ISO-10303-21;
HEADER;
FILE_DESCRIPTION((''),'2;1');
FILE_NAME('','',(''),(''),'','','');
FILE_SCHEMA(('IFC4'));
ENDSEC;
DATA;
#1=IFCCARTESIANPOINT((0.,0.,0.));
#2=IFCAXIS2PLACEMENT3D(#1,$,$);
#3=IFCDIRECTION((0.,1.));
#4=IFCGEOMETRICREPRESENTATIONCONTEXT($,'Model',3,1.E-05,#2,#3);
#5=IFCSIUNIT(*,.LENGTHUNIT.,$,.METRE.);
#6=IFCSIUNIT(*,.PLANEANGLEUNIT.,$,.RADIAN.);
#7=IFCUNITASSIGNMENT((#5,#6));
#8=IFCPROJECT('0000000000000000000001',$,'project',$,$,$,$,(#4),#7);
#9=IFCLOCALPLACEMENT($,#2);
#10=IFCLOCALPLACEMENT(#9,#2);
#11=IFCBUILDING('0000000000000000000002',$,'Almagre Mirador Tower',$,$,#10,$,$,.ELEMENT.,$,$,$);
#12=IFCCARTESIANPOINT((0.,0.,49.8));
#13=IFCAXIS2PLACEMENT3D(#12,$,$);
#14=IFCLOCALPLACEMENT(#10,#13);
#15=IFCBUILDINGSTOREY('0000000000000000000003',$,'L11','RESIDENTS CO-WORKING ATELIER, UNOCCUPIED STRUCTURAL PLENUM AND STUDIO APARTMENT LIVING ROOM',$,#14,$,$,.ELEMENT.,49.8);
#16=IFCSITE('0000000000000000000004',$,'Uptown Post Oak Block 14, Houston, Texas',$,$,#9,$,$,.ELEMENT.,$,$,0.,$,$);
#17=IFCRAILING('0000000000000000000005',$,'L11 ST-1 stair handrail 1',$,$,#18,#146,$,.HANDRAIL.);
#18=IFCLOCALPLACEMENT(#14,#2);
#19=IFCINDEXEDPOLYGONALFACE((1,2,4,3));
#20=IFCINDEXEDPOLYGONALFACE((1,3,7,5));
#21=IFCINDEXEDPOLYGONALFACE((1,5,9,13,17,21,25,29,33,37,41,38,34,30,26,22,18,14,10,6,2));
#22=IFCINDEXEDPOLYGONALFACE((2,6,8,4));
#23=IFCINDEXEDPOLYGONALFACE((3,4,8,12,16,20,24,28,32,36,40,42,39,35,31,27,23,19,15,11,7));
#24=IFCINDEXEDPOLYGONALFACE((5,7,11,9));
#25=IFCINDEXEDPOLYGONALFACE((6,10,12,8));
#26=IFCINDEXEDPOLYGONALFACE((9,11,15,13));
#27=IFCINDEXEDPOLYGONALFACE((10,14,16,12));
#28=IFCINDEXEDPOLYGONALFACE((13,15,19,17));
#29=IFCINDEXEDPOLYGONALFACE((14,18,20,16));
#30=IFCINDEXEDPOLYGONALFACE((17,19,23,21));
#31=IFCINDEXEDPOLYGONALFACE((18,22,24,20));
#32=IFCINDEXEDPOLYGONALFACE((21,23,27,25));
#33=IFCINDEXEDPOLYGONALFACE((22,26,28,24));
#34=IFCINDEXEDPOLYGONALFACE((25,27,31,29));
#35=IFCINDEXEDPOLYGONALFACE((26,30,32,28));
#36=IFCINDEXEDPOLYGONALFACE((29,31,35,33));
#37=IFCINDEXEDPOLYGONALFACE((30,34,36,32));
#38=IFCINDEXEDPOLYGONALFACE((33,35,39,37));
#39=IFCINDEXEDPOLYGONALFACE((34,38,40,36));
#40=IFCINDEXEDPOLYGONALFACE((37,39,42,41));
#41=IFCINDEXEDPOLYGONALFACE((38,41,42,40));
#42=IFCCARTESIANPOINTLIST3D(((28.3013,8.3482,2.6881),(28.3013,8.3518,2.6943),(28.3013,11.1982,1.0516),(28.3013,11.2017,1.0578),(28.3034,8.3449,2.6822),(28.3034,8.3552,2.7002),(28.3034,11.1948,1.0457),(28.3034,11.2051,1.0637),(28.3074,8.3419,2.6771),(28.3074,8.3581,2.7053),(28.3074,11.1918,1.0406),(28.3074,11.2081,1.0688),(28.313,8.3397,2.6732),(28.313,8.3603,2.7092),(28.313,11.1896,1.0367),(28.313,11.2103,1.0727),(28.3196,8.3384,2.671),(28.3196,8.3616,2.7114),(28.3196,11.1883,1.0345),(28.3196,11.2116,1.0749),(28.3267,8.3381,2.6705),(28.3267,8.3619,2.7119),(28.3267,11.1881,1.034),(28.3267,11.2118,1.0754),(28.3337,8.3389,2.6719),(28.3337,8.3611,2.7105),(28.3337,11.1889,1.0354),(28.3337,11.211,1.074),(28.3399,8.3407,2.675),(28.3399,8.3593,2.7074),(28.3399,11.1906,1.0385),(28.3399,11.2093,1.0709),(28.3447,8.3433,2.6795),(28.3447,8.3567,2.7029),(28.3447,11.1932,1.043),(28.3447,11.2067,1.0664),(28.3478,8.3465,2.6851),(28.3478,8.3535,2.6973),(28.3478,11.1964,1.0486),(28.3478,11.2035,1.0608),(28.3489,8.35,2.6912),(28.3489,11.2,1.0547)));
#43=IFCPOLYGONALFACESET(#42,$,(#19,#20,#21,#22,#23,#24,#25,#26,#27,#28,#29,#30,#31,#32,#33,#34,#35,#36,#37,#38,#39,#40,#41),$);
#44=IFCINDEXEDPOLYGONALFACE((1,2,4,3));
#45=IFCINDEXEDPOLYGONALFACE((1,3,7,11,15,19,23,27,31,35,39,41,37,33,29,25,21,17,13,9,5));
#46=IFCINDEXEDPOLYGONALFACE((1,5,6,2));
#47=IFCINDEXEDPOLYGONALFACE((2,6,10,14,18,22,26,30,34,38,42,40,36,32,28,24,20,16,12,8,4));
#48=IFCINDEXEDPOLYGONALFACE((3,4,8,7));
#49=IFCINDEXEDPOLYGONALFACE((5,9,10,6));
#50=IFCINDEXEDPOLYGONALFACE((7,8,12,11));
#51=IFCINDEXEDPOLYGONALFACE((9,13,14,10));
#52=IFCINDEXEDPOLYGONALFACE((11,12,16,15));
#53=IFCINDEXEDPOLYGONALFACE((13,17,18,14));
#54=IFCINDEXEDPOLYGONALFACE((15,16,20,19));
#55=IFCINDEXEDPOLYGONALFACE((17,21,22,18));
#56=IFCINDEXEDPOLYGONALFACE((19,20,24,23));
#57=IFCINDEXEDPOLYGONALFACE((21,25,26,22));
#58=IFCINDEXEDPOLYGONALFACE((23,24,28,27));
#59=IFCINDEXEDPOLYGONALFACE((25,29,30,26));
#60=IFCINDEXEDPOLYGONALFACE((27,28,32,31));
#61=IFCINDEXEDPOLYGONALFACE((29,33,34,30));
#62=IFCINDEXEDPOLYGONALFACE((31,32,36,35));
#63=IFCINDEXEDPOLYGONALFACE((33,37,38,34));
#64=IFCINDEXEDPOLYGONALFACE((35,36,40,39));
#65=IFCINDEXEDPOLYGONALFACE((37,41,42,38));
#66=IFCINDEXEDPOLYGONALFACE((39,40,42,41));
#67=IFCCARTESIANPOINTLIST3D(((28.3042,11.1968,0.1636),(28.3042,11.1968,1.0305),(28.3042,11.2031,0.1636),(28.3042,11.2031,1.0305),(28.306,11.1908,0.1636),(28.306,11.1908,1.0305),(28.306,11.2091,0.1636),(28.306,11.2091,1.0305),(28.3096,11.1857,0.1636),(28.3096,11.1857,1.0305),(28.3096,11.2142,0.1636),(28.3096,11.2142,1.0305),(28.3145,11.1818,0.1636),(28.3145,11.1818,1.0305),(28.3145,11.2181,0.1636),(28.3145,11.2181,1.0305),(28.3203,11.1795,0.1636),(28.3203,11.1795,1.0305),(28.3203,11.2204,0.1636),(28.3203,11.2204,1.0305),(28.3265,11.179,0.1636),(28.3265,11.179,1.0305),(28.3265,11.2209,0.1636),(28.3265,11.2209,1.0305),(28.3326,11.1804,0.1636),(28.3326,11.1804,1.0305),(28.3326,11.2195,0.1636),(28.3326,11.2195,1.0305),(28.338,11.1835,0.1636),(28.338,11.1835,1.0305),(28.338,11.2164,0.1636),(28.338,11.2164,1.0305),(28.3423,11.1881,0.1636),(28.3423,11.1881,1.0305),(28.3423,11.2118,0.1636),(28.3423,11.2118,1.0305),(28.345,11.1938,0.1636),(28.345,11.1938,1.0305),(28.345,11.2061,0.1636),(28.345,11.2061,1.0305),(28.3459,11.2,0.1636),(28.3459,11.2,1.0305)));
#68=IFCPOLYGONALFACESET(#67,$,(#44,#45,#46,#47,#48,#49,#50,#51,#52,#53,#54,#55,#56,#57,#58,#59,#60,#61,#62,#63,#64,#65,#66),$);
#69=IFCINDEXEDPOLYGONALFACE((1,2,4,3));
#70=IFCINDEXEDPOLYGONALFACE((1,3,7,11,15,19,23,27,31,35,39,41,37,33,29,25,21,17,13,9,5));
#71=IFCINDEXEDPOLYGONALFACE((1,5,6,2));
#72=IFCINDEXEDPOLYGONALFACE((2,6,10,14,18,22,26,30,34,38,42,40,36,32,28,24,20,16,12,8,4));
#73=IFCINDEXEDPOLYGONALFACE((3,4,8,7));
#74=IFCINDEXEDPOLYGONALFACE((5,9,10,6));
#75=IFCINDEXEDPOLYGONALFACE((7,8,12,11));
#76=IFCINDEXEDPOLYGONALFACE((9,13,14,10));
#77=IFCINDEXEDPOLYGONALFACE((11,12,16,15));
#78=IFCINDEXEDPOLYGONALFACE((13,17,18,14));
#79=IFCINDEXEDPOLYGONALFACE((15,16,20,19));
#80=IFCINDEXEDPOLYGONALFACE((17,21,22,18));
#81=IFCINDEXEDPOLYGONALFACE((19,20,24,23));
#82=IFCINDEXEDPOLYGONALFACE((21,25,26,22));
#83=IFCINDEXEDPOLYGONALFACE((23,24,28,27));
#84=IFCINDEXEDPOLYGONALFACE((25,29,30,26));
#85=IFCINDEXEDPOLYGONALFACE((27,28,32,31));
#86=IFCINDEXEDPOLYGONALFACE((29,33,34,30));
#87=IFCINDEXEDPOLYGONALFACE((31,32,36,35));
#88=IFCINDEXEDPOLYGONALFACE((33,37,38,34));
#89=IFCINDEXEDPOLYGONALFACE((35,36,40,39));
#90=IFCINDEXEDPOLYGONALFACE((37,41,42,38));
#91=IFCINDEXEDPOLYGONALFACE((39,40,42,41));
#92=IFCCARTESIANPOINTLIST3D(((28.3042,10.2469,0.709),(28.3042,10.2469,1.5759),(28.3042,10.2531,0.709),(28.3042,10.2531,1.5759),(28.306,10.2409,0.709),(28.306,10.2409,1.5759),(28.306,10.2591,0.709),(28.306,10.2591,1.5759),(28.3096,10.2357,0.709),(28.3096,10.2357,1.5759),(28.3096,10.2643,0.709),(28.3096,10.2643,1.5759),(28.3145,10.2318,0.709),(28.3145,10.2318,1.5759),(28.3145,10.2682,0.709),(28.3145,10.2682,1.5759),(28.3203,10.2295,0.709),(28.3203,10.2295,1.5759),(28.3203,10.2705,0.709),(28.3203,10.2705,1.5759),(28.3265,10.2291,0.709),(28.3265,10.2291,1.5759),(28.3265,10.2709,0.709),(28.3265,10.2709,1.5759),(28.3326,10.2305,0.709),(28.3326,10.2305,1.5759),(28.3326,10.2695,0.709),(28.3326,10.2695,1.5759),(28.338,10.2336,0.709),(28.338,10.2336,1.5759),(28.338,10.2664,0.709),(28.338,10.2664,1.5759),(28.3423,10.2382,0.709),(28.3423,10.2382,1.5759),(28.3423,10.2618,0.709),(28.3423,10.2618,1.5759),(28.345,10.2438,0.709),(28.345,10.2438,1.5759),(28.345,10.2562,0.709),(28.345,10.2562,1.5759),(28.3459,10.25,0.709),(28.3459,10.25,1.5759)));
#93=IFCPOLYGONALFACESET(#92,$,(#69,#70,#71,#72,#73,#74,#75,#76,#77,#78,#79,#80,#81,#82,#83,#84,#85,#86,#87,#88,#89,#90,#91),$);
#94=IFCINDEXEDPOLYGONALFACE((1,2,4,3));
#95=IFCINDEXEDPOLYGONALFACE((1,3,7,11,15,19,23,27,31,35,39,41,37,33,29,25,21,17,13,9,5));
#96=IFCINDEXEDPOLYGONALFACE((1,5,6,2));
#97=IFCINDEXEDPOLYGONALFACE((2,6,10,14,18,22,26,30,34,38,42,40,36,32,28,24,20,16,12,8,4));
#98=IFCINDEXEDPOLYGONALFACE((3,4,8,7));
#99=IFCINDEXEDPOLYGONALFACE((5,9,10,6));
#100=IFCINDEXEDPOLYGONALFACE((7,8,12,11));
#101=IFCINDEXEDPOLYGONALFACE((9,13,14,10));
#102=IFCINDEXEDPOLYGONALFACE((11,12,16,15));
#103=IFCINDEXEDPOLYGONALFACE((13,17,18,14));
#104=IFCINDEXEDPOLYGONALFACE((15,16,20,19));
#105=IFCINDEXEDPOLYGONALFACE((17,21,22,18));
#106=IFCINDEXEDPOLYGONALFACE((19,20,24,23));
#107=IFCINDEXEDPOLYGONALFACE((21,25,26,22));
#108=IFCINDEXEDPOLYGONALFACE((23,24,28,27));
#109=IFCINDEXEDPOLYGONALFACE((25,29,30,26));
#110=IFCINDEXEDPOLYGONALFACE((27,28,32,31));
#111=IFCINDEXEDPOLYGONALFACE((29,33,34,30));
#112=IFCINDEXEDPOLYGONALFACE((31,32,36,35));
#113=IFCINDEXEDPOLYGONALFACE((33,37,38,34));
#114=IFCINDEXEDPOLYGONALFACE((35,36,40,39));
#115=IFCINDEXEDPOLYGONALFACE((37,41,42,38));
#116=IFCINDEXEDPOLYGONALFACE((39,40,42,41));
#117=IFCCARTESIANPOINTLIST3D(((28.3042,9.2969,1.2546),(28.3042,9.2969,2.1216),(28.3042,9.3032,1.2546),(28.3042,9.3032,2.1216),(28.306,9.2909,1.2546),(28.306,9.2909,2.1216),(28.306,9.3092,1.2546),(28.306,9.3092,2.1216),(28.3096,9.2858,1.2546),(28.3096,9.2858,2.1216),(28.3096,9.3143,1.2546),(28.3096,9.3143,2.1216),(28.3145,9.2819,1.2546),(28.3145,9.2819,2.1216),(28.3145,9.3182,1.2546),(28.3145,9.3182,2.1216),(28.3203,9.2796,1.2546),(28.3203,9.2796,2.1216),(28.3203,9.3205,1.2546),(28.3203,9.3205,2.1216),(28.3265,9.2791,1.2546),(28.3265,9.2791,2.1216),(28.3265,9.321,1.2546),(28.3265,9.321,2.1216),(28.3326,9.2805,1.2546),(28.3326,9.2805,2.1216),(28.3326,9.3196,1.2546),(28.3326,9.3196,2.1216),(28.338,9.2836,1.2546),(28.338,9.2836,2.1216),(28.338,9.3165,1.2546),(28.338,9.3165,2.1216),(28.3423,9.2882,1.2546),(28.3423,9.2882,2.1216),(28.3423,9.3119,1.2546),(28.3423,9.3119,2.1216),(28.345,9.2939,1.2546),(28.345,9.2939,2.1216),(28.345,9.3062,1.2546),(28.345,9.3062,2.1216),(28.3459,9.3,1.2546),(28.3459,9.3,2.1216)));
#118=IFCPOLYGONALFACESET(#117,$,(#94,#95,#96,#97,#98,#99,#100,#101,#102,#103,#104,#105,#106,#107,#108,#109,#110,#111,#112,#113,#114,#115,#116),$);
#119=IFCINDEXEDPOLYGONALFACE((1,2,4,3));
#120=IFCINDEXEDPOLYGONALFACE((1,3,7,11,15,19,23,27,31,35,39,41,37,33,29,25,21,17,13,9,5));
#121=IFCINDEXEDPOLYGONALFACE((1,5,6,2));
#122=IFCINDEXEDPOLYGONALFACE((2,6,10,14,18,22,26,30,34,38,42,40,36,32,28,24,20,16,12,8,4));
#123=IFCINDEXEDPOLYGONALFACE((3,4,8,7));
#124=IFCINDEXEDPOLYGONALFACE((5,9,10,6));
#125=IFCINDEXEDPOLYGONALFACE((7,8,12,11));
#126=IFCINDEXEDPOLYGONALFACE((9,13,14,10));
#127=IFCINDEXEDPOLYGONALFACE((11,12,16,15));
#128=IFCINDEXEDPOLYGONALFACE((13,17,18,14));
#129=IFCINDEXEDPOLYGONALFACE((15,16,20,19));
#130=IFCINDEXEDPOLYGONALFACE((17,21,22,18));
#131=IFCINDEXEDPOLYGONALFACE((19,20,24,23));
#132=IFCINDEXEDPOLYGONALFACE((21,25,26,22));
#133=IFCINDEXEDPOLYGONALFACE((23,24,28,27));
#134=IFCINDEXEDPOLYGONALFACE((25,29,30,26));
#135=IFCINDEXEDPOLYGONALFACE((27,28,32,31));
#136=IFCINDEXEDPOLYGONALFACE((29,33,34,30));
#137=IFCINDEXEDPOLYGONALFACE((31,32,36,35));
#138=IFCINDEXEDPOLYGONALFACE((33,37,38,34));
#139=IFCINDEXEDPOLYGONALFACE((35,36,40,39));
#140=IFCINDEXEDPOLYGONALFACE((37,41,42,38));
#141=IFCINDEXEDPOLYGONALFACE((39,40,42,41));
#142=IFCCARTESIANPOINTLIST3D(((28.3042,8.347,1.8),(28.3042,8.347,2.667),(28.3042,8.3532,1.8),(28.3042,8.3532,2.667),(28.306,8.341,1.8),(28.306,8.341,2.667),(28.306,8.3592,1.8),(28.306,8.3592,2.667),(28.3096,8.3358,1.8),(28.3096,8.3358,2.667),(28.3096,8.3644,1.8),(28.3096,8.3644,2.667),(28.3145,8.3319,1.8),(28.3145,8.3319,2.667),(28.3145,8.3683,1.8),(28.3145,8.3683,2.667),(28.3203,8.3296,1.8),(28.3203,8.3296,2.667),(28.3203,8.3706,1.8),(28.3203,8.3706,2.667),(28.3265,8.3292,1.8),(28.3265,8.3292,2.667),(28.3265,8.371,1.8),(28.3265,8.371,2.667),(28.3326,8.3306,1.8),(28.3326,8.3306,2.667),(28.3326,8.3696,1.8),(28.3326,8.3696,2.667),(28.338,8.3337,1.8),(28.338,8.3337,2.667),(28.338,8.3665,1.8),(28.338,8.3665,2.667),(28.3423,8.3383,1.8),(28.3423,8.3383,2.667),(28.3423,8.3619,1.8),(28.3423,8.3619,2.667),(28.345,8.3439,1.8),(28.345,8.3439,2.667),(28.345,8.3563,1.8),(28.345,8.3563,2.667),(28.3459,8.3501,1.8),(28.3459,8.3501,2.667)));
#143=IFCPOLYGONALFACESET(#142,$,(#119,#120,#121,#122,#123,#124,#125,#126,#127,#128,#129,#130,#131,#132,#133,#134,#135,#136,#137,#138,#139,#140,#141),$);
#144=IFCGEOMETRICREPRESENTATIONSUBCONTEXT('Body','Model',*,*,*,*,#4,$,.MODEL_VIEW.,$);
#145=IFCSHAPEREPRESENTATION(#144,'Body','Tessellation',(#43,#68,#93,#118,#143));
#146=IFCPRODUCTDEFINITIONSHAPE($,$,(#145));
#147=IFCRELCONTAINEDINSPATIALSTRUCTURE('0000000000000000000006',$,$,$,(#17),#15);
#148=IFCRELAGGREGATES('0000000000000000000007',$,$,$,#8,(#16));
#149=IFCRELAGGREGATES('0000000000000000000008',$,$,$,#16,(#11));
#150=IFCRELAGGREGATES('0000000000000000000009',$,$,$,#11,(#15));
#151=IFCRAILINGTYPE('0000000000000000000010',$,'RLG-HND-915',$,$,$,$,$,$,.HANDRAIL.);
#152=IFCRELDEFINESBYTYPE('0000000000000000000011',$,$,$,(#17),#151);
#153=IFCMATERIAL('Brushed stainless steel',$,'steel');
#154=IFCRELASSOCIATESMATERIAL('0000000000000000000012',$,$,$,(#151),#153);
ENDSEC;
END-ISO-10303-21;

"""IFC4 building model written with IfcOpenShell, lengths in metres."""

from ifc_helpers import new_model, si_unit, direction, frame, origin, origin_2d, place, context, subcontext, project, spatial, circle, extrude, material, type_object, element, save


model = new_model("IFC4")

# Units and contexts
model_context = context("Model", 3, precision=1e-05, world=origin(), true_north=direction((0.0, 1.0)))
body_context = subcontext(model_context, "Body", "Model", "MODEL_VIEW")
ifc_project = project(units=[si_unit("LENGTHUNIT", "METRE"), si_unit("PLANEANGLEUNIT", "RADIAN")], contexts=[model_context])

# Site, building, storey
site_placement = place(None, origin())
site = spatial("IfcSite", under=ifc_project, at=site_placement, Name="Uptown Post Oak Block 14, Houston, Texas", CompositionType="ELEMENT", RefElevation=0.0)
building_placement = place(site_placement, origin())
building = spatial("IfcBuilding", under=site, at=building_placement, Name="Almagre Mirador Tower", CompositionType="ELEMENT")
storey_placement = place(building_placement, frame((0.0, 0.0, 49.8)))
storey = spatial("IfcBuildingStorey", under=building, at=storey_placement, Name="L11", Description="RESIDENTS CO-WORKING ATELIER, UNOCCUPIED STRUCTURAL PLENUM AND STUDIO APARTMENT LIVING ROOM", CompositionType="ELEMENT", Elevation=49.8)

# Railing
ifc_material_1 = material(Name="Brushed stainless steel", Category="steel")
railing_type_1 = type_object("IfcRailingType", Name="RLG-HND-915", PredefinedType="HANDRAIL", material=ifc_material_1)
railing_1_placement = place(storey_placement, frame((28.325, 11.2, 0.1636)))
element("IfcRailing", 1, at=railing_1_placement, inside=storey, type_object=railing_type_1, Name="L11 ST-1 stair handrail 1", PredefinedType="HANDRAIL", context=body_context, shape_type="SweptSolid", body=[
    extrude(circle(Radius=0.0239, at=origin_2d()), frame((0.0, 0.0, 0.8911), z_axis=(0.0, -0.867194, 0.49797), x_axis=(1.0, 0.0, 0.0)), (0.0, 0.0, 1.0), 3.2864),
    extrude(circle(Radius=0.021, at=origin_2d()), origin(), (0.0, 0.0, 1.0), 0.8669),
    extrude(circle(Radius=0.021, at=origin_2d()), frame((0.0, -0.95, 0.5454)), (0.0, 0.0, 1.0), 0.8669),
    extrude(circle(Radius=0.021, at=origin_2d()), frame((0.0, -1.8999, 1.0911)), (0.0, 0.0, 1.0), 0.8669),
    extrude(circle(Radius=0.021, at=origin_2d()), frame((0.0, -2.8499, 1.6365)), (0.0, 0.0, 1.0), 0.8669),
])

save(model, "model.ifc")
